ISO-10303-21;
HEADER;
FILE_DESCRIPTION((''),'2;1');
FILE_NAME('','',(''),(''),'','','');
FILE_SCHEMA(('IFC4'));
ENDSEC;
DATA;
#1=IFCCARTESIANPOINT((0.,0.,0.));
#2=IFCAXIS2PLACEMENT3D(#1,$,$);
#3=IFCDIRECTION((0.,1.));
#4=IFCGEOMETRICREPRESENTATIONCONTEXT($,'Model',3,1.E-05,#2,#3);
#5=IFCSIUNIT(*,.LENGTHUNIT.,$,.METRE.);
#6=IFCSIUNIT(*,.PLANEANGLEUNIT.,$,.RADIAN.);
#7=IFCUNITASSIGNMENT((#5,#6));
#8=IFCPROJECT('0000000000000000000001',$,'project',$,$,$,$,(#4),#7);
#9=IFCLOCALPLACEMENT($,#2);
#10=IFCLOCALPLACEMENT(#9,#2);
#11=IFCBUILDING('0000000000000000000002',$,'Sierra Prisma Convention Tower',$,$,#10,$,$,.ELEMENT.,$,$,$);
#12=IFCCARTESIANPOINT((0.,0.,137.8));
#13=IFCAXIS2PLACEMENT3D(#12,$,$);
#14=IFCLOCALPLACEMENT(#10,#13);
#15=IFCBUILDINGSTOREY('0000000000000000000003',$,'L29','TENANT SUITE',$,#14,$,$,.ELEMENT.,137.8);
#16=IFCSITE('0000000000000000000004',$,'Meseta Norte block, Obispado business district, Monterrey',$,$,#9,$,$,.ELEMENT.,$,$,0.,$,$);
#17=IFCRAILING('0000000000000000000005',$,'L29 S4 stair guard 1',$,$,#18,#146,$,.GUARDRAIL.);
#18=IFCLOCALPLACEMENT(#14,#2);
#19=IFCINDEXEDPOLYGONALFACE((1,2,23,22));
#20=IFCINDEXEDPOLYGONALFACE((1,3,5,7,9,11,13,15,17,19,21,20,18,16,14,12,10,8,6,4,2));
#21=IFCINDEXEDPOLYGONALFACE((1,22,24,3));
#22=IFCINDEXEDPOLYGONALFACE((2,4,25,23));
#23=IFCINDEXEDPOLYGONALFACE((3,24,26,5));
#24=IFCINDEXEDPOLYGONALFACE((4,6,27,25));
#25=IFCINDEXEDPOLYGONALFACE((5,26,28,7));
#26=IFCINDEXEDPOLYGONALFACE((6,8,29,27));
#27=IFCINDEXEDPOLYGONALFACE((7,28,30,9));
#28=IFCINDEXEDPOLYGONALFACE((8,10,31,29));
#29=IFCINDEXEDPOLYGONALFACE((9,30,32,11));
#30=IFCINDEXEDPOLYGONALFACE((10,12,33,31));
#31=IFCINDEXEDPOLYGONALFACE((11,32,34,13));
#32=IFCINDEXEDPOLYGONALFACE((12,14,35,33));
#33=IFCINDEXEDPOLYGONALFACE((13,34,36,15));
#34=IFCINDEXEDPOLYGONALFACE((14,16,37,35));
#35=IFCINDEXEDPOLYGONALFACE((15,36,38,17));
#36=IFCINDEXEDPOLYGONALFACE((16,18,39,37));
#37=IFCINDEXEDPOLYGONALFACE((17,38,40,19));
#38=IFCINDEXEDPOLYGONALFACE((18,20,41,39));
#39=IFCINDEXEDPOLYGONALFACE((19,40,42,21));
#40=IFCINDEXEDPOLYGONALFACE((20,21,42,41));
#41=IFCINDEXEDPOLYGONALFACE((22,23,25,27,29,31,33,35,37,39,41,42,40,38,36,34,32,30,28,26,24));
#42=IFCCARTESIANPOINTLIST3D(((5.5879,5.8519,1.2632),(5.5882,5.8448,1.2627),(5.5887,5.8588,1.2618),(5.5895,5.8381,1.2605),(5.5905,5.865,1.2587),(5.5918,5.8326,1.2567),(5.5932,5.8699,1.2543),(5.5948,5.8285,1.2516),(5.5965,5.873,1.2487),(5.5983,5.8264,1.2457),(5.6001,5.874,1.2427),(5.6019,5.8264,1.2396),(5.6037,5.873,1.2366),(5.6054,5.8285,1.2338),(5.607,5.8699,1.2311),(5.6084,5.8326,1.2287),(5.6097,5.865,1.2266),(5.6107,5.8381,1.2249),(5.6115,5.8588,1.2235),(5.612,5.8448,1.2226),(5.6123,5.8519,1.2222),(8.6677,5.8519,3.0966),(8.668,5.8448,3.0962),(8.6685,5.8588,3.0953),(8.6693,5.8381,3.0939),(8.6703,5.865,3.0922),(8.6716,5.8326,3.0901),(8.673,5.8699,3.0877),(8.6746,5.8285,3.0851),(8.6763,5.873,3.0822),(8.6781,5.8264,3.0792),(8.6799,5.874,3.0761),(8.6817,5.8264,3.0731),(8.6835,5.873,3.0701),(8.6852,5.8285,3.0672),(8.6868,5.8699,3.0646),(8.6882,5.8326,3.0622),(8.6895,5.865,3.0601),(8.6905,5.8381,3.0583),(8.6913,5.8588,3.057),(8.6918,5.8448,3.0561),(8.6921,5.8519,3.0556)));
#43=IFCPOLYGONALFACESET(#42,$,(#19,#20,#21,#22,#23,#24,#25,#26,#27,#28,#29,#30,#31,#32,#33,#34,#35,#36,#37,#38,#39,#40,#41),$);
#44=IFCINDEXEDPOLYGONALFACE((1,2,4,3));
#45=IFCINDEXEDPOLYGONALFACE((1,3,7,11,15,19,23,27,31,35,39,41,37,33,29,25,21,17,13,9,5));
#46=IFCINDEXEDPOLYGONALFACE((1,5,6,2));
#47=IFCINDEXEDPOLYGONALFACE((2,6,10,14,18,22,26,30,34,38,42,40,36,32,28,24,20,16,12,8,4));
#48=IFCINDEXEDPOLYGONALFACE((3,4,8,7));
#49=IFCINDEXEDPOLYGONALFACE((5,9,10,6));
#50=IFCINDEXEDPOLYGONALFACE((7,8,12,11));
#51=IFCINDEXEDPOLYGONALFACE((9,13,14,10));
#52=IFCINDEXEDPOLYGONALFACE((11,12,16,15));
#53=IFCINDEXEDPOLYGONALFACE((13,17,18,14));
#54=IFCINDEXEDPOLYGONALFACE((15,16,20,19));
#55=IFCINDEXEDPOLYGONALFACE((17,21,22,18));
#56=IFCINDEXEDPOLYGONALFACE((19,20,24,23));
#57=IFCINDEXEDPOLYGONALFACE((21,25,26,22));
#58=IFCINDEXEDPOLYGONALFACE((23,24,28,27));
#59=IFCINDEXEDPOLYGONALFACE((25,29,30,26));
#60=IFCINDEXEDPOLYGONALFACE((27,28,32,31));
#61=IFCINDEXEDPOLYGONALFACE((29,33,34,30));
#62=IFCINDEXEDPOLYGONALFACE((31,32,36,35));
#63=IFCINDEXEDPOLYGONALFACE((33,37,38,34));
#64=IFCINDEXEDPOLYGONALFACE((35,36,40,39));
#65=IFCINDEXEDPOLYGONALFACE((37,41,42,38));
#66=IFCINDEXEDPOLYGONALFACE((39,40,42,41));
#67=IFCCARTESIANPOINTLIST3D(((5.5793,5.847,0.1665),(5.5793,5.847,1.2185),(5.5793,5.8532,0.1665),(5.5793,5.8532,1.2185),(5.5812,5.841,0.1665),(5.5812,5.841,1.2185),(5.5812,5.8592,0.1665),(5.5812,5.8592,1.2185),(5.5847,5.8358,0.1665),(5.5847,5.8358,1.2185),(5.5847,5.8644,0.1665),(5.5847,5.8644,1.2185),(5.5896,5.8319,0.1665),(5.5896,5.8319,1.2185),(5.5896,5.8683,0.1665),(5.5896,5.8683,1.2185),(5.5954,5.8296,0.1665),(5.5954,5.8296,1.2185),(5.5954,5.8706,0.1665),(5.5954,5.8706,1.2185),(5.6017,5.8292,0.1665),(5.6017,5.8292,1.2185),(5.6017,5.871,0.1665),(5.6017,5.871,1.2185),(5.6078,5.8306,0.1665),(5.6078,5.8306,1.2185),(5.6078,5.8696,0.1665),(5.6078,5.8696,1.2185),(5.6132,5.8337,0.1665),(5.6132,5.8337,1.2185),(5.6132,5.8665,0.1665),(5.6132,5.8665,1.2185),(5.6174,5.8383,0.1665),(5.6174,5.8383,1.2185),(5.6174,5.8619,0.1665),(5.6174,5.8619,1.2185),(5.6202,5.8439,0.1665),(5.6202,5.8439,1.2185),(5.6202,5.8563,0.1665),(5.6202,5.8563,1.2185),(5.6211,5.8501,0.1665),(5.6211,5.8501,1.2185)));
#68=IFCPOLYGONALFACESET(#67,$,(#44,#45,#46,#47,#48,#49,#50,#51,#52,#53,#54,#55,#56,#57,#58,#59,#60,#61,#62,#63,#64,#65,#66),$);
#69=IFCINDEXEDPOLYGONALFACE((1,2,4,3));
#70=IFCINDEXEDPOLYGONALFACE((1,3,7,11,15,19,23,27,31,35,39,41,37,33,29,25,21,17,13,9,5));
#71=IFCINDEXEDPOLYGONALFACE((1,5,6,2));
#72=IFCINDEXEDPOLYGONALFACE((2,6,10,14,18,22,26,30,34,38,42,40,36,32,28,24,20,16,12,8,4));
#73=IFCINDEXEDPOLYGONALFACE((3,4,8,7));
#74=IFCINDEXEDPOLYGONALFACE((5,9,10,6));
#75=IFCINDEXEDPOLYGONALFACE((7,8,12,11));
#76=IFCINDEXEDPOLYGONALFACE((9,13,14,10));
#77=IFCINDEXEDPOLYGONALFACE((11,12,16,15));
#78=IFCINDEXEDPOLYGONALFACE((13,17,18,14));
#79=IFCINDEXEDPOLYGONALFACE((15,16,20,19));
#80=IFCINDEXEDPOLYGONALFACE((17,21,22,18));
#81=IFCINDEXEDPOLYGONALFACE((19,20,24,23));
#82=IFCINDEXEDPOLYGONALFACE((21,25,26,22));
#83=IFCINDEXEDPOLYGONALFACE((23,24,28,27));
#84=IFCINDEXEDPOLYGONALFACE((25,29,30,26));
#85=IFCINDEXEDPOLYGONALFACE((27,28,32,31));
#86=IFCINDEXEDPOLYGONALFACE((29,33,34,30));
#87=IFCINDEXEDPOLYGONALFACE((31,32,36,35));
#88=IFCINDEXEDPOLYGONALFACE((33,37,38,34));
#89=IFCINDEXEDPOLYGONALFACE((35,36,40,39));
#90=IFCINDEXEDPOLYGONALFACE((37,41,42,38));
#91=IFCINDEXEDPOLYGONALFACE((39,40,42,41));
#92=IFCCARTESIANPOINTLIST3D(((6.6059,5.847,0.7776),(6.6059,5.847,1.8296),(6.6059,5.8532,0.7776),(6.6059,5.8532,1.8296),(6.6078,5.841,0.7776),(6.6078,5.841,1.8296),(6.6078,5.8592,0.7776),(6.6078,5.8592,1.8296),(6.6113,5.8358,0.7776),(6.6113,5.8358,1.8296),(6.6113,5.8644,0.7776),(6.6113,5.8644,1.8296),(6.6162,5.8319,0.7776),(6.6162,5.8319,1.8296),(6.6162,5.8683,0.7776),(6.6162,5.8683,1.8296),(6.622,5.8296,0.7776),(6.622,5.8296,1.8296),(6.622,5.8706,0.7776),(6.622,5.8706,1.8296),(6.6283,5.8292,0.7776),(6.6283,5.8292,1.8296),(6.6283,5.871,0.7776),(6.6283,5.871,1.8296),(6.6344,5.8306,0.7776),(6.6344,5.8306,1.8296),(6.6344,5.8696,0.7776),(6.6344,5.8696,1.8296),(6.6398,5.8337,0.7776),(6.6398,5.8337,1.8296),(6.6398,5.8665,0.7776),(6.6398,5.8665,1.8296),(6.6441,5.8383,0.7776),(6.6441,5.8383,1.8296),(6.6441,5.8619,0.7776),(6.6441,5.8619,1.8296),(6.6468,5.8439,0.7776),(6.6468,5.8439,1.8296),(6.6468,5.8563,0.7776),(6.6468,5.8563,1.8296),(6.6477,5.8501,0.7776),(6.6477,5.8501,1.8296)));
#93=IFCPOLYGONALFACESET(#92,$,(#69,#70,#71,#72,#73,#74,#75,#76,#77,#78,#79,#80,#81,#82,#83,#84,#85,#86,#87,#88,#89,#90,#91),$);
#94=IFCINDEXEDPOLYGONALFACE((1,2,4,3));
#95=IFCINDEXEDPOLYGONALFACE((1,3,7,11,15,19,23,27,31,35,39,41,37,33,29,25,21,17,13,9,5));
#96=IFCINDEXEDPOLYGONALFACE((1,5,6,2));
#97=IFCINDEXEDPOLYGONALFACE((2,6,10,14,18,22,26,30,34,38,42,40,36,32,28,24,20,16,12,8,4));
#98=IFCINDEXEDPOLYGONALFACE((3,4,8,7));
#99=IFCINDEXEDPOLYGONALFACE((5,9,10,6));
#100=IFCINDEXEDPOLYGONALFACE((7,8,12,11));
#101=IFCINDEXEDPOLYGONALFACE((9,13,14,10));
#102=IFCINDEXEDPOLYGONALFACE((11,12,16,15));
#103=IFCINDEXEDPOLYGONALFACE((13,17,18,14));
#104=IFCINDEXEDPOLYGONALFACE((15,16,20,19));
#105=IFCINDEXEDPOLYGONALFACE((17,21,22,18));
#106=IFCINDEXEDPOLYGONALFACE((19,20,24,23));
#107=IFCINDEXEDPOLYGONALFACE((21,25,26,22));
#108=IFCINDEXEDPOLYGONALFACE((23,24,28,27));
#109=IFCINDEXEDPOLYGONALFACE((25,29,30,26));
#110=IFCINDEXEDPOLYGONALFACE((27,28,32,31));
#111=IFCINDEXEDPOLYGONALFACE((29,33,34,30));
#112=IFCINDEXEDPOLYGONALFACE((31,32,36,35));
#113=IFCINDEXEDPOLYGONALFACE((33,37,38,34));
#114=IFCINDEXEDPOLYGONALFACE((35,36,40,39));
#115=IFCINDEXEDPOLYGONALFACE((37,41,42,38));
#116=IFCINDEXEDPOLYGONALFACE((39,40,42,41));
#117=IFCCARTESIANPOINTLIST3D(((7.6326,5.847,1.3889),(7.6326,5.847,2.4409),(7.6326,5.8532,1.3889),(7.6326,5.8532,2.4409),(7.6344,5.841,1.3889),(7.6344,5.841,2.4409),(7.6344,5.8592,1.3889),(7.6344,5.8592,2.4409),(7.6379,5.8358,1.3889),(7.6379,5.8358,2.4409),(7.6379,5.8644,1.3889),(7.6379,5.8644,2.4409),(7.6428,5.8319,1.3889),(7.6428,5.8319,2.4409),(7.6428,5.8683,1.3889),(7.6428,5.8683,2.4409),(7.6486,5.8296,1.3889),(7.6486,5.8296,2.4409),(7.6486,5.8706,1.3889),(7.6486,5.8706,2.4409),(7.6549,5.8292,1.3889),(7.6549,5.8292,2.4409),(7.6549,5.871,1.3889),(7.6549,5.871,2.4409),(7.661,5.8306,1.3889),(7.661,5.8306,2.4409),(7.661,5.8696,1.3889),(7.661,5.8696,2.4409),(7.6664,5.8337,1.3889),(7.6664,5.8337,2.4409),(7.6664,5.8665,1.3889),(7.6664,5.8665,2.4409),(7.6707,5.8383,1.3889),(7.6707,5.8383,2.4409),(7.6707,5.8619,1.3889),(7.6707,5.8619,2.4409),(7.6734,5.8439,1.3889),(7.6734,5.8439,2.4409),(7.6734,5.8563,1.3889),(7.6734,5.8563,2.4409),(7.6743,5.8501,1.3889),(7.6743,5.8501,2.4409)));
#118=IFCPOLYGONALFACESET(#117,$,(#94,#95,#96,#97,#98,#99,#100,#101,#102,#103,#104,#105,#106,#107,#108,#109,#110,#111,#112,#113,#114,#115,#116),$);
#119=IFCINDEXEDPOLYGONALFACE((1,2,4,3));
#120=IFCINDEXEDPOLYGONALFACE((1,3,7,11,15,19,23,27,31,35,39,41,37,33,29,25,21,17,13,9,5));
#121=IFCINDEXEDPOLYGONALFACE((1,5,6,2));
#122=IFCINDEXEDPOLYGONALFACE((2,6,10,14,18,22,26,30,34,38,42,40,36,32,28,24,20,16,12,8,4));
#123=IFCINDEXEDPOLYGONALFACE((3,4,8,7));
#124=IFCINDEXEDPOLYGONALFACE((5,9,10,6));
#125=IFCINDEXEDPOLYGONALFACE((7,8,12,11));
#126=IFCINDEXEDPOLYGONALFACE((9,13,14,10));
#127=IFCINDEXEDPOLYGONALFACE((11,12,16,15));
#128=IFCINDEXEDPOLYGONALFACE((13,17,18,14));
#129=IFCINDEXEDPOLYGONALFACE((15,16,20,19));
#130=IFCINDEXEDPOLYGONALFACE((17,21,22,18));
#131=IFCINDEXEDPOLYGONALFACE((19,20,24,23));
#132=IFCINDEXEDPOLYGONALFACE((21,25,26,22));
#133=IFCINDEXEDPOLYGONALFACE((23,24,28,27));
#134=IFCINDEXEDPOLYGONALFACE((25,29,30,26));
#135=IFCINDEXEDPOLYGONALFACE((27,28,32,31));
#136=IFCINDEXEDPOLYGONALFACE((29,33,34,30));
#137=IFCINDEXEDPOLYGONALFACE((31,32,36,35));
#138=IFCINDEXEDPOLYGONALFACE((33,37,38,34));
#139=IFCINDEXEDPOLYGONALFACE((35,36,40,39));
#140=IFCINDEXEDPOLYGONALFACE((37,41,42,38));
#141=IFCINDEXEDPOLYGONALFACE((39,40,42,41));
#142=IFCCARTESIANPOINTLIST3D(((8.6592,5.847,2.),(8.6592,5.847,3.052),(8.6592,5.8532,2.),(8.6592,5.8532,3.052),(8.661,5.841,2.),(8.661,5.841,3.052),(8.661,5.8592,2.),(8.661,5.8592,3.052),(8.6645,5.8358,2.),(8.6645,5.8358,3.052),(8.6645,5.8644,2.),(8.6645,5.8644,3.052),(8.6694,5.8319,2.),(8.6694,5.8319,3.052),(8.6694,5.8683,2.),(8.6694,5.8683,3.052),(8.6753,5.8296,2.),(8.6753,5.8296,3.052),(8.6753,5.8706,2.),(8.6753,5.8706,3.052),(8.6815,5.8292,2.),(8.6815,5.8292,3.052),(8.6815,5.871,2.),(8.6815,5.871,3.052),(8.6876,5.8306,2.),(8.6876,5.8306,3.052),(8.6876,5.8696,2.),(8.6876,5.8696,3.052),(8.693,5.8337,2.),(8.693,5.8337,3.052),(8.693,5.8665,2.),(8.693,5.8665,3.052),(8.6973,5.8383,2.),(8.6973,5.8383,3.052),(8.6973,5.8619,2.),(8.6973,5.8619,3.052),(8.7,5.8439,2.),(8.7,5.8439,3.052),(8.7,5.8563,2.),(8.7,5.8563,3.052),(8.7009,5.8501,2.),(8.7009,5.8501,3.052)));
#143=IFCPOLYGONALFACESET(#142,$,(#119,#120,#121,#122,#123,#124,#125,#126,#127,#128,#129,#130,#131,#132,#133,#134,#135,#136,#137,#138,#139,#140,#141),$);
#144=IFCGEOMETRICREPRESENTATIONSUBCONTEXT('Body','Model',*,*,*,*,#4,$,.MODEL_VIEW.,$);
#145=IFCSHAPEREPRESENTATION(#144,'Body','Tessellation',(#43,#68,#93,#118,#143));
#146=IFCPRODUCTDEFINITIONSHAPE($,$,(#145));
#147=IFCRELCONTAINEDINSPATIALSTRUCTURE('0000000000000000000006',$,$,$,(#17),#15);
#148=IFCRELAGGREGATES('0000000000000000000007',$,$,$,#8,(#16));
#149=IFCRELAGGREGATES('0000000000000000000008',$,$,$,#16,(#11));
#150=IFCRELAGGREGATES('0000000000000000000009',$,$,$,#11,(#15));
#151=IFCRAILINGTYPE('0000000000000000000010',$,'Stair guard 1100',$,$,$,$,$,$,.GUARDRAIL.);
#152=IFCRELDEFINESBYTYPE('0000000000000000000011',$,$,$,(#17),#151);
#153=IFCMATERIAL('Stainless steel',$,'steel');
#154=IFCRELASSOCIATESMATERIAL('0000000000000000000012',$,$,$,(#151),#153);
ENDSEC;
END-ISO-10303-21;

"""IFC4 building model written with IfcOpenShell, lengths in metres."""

from ifc_helpers import new_model, si_unit, direction, frame, origin, origin_2d, place, context, subcontext, project, spatial, circle, extrude, material, type_object, element, save


model = new_model("IFC4")

# Units and contexts
model_context = context("Model", 3, precision=1e-05, world=origin(), true_north=direction((0.0, 1.0)))
body_context = subcontext(model_context, "Body", "Model", "MODEL_VIEW")
ifc_project = project(units=[si_unit("LENGTHUNIT", "METRE"), si_unit("PLANEANGLEUNIT", "RADIAN")], contexts=[model_context])

# Site, building, storey
site_placement = place(None, origin())
site = spatial("IfcSite", under=ifc_project, at=site_placement, Name="Meseta Norte block, Obispado business district, Monterrey", CompositionType="ELEMENT", RefElevation=0.0)
building_placement = place(site_placement, origin())
building = spatial("IfcBuilding", under=site, at=building_placement, Name="Sierra Prisma Convention Tower", CompositionType="ELEMENT")
storey_placement = place(building_placement, frame((0.0, 0.0, 137.8)))
storey = spatial("IfcBuildingStorey", under=building, at=storey_placement, Name="L29", Description="TENANT SUITE", CompositionType="ELEMENT", Elevation=137.8)

# Railing
ifc_material_1 = material(Name="Stainless steel", Category="steel")
railing_type_1 = type_object("IfcRailingType", Name="Stair guard 1100", PredefinedType="GUARDRAIL", material=ifc_material_1)
railing_1_placement = place(storey_placement, frame((5.6001, 5.8501, 0.1665)))
element("IfcRailing", 1, at=railing_1_placement, inside=storey, type_object=railing_type_1, Name="L29 S4 stair guard 1", PredefinedType="GUARDRAIL", context=body_context, shape_type="SweptSolid", body=[
    extrude(circle(Radius=0.0239, at=origin_2d()), frame((0.0, 0.0, 1.0762), z_axis=(0.859261, 0.0, 0.511538), x_axis=(0.0, 1.0, 0.0)), (0.0, 0.0, 1.0), 3.5842),
    extrude(circle(Radius=0.021, at=origin_2d()), origin(), (0.0, 0.0, 1.0), 1.052),
    extrude(circle(Radius=0.021, at=origin_2d()), frame((1.0266, 0.0, 0.6111)), (0.0, 0.0, 1.0), 1.052),
    extrude(circle(Radius=0.021, at=origin_2d()), frame((2.0532, 0.0, 1.2224)), (0.0, 0.0, 1.0), 1.052),
    extrude(circle(Radius=0.021, at=origin_2d()), frame((3.0798, 0.0, 1.8335)), (0.0, 0.0, 1.0), 1.052),
])

save(model, "model.ifc")
